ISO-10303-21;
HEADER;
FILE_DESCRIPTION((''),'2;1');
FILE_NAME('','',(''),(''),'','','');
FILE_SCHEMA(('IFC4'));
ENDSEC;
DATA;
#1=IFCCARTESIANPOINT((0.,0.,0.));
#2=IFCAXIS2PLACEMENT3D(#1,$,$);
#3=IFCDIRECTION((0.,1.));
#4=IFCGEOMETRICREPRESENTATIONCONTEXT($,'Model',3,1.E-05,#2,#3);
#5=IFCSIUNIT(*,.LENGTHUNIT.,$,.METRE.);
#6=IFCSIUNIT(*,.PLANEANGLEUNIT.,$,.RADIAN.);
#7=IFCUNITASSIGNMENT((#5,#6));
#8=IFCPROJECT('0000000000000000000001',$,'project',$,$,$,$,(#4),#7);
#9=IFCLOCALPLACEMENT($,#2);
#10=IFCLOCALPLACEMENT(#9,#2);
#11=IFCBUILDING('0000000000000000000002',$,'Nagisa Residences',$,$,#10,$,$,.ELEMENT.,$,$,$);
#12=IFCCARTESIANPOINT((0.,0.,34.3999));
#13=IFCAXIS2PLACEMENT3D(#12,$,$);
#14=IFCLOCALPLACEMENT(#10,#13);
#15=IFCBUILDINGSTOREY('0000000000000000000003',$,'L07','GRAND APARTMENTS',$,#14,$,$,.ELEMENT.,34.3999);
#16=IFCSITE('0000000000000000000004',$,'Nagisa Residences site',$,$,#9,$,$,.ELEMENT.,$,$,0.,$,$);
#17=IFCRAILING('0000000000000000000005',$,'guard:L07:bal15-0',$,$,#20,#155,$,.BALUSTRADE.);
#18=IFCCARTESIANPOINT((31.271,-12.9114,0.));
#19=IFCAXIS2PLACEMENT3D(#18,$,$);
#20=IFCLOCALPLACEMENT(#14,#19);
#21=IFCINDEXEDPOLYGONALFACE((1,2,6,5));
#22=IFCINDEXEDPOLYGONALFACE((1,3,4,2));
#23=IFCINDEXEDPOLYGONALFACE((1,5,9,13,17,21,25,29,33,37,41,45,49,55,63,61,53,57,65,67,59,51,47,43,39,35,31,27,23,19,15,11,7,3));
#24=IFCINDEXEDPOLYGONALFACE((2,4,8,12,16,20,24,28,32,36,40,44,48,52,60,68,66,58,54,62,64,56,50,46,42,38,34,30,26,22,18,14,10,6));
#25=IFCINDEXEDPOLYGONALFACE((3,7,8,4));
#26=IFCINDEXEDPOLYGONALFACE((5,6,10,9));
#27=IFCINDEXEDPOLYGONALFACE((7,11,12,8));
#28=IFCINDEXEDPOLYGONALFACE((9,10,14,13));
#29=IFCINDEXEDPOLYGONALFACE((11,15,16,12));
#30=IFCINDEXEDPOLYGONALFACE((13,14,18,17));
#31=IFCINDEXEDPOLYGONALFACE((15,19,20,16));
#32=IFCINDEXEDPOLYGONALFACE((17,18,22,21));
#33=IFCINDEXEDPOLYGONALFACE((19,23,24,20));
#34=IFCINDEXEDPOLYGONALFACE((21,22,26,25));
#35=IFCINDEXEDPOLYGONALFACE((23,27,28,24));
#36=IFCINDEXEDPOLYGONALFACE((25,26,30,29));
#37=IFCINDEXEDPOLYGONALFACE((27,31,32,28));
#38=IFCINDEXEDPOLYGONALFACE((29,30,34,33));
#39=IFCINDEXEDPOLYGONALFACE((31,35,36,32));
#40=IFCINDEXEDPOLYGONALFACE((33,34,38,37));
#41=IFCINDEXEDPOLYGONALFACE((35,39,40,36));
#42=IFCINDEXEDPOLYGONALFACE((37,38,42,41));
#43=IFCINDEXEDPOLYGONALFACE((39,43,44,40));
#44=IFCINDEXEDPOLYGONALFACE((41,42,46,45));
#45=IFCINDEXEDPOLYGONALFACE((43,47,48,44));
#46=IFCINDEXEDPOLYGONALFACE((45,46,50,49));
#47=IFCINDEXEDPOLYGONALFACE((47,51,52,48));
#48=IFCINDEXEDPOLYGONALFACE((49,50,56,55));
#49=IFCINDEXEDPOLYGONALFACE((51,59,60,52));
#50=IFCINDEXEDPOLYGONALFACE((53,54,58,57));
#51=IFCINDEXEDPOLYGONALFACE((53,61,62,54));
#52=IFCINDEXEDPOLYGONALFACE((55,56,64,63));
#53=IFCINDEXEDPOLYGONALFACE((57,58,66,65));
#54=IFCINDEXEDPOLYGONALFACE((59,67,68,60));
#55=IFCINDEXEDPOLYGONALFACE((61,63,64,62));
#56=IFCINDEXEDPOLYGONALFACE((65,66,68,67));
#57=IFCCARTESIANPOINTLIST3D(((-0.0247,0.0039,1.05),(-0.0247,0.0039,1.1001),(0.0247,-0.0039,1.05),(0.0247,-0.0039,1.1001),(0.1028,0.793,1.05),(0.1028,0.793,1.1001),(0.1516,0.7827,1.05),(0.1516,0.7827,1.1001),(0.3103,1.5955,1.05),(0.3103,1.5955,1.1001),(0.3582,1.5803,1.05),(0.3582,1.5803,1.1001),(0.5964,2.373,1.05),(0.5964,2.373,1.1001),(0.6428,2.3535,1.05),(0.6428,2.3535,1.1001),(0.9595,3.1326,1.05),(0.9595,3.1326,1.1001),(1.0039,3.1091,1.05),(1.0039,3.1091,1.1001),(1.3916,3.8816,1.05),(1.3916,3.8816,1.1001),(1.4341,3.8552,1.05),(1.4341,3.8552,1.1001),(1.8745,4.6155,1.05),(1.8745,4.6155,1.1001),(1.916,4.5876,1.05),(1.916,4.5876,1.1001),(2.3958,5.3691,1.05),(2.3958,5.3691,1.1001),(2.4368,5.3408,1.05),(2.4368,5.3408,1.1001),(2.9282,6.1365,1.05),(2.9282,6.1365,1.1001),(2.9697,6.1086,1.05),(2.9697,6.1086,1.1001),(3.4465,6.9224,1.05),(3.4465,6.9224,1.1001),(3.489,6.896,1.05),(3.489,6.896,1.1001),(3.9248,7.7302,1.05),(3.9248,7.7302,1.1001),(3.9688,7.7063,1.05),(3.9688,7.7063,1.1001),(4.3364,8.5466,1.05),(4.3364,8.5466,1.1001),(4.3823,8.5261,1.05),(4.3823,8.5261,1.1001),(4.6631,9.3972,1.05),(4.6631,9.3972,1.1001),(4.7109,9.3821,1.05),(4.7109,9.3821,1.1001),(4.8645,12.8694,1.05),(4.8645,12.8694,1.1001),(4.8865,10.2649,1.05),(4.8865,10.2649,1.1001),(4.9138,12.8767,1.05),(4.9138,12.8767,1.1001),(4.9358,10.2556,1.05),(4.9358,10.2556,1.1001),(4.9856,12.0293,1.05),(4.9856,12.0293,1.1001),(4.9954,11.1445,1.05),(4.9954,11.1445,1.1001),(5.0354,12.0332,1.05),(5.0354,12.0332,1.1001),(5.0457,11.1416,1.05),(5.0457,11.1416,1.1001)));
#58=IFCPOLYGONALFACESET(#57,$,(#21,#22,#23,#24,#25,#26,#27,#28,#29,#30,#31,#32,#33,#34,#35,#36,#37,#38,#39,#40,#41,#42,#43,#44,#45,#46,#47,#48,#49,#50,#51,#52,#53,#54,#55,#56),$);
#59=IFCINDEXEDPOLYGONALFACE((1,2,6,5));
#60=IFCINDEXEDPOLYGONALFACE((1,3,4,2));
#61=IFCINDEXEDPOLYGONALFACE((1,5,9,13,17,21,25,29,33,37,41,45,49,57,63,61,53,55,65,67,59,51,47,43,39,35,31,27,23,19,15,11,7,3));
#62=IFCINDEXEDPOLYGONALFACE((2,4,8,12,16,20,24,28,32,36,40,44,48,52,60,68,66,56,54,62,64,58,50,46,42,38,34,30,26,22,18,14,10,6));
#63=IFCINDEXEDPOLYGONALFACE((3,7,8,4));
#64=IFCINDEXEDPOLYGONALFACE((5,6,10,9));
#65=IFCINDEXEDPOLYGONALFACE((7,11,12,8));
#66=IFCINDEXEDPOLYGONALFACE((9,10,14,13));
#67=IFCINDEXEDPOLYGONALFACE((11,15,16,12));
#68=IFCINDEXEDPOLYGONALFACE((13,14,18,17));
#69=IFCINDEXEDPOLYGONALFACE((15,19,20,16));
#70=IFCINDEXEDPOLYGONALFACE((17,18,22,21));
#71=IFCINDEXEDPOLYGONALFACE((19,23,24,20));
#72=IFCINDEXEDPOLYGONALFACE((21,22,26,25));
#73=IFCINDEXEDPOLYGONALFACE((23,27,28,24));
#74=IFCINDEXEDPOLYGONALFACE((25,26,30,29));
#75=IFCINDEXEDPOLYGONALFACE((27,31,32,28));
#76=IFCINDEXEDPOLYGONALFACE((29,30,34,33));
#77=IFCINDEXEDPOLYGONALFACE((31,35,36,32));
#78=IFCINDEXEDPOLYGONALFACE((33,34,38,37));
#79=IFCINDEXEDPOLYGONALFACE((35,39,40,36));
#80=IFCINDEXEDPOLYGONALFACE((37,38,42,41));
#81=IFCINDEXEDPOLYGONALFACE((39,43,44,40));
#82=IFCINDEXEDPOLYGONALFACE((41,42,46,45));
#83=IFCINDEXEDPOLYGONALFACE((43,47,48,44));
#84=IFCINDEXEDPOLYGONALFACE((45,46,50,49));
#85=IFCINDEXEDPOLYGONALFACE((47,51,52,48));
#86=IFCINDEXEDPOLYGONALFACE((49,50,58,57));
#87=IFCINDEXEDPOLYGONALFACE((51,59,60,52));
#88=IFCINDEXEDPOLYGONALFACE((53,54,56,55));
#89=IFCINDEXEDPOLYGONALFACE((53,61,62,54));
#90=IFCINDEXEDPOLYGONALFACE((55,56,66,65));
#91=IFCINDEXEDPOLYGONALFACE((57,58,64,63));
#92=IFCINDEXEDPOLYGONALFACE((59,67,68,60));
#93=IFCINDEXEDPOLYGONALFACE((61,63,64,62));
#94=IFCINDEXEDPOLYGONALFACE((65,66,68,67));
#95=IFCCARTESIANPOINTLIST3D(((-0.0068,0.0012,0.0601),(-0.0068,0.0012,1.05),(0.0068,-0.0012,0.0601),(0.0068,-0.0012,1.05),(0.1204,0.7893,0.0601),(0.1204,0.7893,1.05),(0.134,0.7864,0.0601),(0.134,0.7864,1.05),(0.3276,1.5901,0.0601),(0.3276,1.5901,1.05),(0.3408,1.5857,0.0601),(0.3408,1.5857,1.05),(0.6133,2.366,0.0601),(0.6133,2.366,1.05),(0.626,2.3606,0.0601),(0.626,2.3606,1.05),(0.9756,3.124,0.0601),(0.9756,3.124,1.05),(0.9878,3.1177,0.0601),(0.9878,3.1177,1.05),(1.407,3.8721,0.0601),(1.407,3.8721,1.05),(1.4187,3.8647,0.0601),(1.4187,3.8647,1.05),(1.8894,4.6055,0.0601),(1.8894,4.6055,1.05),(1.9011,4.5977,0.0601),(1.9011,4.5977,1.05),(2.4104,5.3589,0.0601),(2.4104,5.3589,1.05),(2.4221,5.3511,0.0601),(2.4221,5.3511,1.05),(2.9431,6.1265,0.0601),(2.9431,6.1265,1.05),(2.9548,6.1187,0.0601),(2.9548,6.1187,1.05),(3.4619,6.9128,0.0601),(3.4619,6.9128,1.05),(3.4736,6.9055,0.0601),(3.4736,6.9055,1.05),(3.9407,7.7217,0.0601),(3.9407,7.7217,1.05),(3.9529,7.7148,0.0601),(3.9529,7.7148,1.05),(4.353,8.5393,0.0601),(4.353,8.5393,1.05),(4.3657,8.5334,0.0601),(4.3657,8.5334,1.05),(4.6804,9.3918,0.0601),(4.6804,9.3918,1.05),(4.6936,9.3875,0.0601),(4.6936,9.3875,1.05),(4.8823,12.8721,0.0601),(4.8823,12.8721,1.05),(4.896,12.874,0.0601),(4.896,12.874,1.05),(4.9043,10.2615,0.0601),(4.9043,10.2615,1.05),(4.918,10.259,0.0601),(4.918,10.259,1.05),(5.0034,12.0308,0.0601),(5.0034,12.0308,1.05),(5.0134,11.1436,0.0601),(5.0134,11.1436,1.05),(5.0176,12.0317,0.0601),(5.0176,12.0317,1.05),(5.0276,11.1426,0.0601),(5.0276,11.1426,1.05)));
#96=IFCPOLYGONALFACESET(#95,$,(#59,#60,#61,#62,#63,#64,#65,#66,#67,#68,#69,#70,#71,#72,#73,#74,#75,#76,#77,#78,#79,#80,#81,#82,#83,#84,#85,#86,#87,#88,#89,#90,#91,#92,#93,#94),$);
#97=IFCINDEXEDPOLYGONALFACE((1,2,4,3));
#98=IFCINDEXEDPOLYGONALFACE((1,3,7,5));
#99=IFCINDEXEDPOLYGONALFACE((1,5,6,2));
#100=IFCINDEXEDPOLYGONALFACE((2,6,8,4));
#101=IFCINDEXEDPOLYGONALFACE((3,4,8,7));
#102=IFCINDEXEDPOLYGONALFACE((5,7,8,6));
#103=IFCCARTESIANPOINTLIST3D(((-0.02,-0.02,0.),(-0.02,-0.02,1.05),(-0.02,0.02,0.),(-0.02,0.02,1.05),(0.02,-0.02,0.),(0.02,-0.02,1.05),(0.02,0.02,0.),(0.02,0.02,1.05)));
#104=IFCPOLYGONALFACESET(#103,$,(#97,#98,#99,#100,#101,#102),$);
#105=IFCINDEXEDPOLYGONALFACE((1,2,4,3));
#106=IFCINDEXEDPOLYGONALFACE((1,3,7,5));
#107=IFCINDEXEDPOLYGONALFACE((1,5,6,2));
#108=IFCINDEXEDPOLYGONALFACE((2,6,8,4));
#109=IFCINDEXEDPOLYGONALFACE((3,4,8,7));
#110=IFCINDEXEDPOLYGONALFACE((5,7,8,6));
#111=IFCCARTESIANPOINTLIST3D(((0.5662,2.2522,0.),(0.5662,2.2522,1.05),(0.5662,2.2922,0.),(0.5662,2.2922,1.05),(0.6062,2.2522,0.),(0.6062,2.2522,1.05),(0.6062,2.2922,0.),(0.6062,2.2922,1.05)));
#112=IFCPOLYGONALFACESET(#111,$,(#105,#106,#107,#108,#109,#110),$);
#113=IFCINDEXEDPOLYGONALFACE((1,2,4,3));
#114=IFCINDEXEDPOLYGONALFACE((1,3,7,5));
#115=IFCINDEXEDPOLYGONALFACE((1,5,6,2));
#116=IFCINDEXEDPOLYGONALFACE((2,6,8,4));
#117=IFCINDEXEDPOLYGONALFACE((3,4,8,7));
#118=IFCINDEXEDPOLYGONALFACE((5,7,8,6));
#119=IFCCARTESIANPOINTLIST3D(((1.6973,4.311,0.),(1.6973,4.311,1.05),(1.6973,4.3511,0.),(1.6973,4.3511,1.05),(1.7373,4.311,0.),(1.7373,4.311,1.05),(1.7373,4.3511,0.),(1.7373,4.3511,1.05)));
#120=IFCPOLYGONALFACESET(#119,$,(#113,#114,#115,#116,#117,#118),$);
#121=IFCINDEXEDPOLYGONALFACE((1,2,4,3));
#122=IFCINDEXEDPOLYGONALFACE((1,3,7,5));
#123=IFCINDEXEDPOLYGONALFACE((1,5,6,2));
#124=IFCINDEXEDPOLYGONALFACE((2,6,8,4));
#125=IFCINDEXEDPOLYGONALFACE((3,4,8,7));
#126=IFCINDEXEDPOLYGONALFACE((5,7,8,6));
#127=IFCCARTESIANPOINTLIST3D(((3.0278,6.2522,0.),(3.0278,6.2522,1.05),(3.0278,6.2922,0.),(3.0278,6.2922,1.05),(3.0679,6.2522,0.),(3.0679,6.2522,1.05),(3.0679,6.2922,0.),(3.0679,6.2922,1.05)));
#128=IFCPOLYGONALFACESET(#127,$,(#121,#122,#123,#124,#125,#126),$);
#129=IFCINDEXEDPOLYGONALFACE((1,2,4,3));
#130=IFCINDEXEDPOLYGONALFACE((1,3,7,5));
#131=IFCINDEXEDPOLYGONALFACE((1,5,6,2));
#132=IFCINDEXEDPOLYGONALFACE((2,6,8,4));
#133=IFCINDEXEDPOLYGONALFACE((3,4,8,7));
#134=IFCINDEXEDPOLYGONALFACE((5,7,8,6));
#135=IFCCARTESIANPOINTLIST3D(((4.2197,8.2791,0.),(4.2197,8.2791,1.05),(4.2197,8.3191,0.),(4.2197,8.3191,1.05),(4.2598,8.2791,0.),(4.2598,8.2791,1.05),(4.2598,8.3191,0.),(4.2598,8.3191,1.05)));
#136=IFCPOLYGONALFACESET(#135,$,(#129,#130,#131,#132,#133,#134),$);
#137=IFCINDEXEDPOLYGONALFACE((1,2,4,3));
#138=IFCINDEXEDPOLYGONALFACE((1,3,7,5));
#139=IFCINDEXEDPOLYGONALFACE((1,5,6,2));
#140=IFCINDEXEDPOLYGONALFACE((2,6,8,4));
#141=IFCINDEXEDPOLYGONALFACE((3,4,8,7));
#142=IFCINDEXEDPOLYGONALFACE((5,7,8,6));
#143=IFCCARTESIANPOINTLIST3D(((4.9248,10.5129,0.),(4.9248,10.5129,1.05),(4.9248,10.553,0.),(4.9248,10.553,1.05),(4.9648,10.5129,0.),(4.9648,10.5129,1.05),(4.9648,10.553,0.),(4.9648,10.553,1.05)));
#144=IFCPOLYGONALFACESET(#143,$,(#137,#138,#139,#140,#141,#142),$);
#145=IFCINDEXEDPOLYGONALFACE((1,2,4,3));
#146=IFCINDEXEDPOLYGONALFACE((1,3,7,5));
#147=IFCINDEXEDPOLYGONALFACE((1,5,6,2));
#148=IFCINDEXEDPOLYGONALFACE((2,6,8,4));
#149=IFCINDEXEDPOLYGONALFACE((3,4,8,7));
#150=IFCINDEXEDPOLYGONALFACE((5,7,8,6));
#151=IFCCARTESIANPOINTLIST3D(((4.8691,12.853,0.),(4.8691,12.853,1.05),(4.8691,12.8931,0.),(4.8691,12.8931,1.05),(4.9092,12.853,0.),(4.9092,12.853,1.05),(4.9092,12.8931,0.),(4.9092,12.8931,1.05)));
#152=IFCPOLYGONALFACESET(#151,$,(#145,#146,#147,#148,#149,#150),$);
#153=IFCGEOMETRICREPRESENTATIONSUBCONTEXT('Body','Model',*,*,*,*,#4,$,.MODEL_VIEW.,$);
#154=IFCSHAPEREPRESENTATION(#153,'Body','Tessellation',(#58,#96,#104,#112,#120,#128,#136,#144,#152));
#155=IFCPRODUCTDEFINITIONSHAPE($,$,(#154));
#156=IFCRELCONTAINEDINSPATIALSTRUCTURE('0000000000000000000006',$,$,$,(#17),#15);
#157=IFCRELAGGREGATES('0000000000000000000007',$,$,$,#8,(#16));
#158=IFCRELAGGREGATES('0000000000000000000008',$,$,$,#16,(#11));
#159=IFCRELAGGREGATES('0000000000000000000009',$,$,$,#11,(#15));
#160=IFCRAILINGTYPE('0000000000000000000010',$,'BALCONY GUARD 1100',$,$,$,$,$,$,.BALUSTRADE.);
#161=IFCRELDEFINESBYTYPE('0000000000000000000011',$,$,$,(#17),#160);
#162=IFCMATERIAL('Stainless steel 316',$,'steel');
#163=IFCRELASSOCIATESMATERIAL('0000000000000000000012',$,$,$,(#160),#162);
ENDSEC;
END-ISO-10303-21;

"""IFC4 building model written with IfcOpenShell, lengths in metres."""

from ifc_helpers import new_model, si_unit, direction, frame, origin, origin_2d, place, context, subcontext, project, spatial, polyline, rectangle, outline, extrude, material, type_object, element, save


model = new_model("IFC4")

# Units and contexts
model_context = context("Model", 3, precision=1e-05, world=origin(), true_north=direction((0.0, 1.0)))
body_context = subcontext(model_context, "Body", "Model", "MODEL_VIEW")
ifc_project = project(units=[si_unit("LENGTHUNIT", "METRE"), si_unit("PLANEANGLEUNIT", "RADIAN")], contexts=[model_context])

# Site, building, storey
site_placement = place(None, origin())
site = spatial("IfcSite", under=ifc_project, at=site_placement, Name="Nagisa Residences site", CompositionType="ELEMENT", RefElevation=0.0)
building_placement = place(site_placement, origin())
building = spatial("IfcBuilding", under=site, at=building_placement, Name="Nagisa Residences", CompositionType="ELEMENT")
storey_placement = place(building_placement, frame((0.0, 0.0, 34.3999)))
storey = spatial("IfcBuildingStorey", under=building, at=storey_placement, Name="L07", Description="GRAND APARTMENTS", CompositionType="ELEMENT", Elevation=34.3999)

# Railing
ifc_material_1 = material(Name="Stainless steel 316", Category="steel")
railing_type = type_object("IfcRailingType", Name="BALCONY GUARD 1100", PredefinedType="BALUSTRADE", material=ifc_material_1)
railing_placement = place(storey_placement, frame((31.271, -12.9114, 0.0)))
element("IfcRailing", 1, at=railing_placement, inside=storey, type_object=railing_type, Name="guard:L07:bal15-0", PredefinedType="BALUSTRADE", context=body_context, shape_type="SweptSolid", body=[
    extrude(outline(polyline([(0.1028, 0.793), (-0.0247, 0.0039), (0.0247, -0.0039), (0.1516, 0.7827), (0.3582, 1.5803), (0.6428, 2.3535), (1.0039, 3.1091), (1.4341, 3.8552), (1.916, 4.5876), (2.4368, 5.3408), (2.9697, 6.1086), (3.489, 6.896), (3.9688, 7.7063), (4.3823, 8.5261), (4.7109, 9.3821), (4.9358, 10.2556), (5.0457, 11.1416), (5.0354, 12.0332), (4.9138, 12.8767), (4.8645, 12.8694), (4.9856, 12.0293), (4.9954, 11.1445), (4.8865, 10.2649), (4.6631, 9.3972), (4.3364, 8.5466), (3.9248, 7.7302), (3.4465, 6.9224), (2.9282, 6.1365), (2.3958, 5.3691), (1.8745, 4.6155), (1.3916, 3.8816), (0.9595, 3.1326), (0.5964, 2.373), (0.3103, 1.5955), (0.1028, 0.793)])), frame((0.0, 0.0, 1.05)), (0.0, 0.0, 1.0), 0.05),
    extrude(outline(polyline([(0.1204, 0.7893), (-0.0068, 0.0012), (0.0068, -0.0012), (0.134, 0.7864), (0.3408, 1.5857), (0.626, 2.3606), (0.9878, 3.1177), (1.4187, 3.8647), (1.9011, 4.5977), (2.4221, 5.3511), (2.9548, 6.1187), (3.4736, 6.9055), (3.9529, 7.7148), (4.3657, 8.5334), (4.6936, 9.3875), (4.918, 10.259), (5.0276, 11.1426), (5.0176, 12.0317), (4.896, 12.874), (4.8823, 12.8721), (5.0034, 12.0308), (5.0134, 11.1436), (4.9043, 10.2615), (4.6804, 9.3918), (4.353, 8.5393), (3.9407, 7.7217), (3.4619, 6.9128), (2.9431, 6.1265), (2.4104, 5.3589), (1.8894, 4.6055), (1.407, 3.8721), (0.9756, 3.124), (0.6133, 2.366), (0.3276, 1.5901), (0.1204, 0.7893)])), frame((0.0, 0.0, 0.0601)), (0.0, 0.0, 1.0), 0.99),
    extrude(rectangle(XDim=0.04, YDim=0.04, at=origin_2d()), origin(), (0.0, 0.0, 1.0), 1.05),
    extrude(rectangle(XDim=0.04, YDim=0.04, at=origin_2d()), frame((0.5862, 2.2722, 0.0)), (0.0, 0.0, 1.0), 1.05),
    extrude(rectangle(XDim=0.04, YDim=0.04, at=origin_2d()), frame((1.7173, 4.3311, 0.0)), (0.0, 0.0, 1.0), 1.05),
    extrude(rectangle(XDim=0.04, YDim=0.04, at=origin_2d()), frame((3.0479, 6.2722, 0.0)), (0.0, 0.0, 1.0), 1.05),
    extrude(rectangle(XDim=0.04, YDim=0.04, at=origin_2d()), frame((4.2397, 8.2991, 0.0)), (0.0, 0.0, 1.0), 1.05),
    extrude(rectangle(XDim=0.04, YDim=0.04, at=origin_2d()), frame((4.9448, 10.533, 0.0)), (0.0, 0.0, 1.0), 1.05),
    extrude(rectangle(XDim=0.04, YDim=0.04, at=origin_2d()), frame((4.8892, 12.873, 0.0)), (0.0, 0.0, 1.0), 1.05),
])

save(model, "model.ifc")
